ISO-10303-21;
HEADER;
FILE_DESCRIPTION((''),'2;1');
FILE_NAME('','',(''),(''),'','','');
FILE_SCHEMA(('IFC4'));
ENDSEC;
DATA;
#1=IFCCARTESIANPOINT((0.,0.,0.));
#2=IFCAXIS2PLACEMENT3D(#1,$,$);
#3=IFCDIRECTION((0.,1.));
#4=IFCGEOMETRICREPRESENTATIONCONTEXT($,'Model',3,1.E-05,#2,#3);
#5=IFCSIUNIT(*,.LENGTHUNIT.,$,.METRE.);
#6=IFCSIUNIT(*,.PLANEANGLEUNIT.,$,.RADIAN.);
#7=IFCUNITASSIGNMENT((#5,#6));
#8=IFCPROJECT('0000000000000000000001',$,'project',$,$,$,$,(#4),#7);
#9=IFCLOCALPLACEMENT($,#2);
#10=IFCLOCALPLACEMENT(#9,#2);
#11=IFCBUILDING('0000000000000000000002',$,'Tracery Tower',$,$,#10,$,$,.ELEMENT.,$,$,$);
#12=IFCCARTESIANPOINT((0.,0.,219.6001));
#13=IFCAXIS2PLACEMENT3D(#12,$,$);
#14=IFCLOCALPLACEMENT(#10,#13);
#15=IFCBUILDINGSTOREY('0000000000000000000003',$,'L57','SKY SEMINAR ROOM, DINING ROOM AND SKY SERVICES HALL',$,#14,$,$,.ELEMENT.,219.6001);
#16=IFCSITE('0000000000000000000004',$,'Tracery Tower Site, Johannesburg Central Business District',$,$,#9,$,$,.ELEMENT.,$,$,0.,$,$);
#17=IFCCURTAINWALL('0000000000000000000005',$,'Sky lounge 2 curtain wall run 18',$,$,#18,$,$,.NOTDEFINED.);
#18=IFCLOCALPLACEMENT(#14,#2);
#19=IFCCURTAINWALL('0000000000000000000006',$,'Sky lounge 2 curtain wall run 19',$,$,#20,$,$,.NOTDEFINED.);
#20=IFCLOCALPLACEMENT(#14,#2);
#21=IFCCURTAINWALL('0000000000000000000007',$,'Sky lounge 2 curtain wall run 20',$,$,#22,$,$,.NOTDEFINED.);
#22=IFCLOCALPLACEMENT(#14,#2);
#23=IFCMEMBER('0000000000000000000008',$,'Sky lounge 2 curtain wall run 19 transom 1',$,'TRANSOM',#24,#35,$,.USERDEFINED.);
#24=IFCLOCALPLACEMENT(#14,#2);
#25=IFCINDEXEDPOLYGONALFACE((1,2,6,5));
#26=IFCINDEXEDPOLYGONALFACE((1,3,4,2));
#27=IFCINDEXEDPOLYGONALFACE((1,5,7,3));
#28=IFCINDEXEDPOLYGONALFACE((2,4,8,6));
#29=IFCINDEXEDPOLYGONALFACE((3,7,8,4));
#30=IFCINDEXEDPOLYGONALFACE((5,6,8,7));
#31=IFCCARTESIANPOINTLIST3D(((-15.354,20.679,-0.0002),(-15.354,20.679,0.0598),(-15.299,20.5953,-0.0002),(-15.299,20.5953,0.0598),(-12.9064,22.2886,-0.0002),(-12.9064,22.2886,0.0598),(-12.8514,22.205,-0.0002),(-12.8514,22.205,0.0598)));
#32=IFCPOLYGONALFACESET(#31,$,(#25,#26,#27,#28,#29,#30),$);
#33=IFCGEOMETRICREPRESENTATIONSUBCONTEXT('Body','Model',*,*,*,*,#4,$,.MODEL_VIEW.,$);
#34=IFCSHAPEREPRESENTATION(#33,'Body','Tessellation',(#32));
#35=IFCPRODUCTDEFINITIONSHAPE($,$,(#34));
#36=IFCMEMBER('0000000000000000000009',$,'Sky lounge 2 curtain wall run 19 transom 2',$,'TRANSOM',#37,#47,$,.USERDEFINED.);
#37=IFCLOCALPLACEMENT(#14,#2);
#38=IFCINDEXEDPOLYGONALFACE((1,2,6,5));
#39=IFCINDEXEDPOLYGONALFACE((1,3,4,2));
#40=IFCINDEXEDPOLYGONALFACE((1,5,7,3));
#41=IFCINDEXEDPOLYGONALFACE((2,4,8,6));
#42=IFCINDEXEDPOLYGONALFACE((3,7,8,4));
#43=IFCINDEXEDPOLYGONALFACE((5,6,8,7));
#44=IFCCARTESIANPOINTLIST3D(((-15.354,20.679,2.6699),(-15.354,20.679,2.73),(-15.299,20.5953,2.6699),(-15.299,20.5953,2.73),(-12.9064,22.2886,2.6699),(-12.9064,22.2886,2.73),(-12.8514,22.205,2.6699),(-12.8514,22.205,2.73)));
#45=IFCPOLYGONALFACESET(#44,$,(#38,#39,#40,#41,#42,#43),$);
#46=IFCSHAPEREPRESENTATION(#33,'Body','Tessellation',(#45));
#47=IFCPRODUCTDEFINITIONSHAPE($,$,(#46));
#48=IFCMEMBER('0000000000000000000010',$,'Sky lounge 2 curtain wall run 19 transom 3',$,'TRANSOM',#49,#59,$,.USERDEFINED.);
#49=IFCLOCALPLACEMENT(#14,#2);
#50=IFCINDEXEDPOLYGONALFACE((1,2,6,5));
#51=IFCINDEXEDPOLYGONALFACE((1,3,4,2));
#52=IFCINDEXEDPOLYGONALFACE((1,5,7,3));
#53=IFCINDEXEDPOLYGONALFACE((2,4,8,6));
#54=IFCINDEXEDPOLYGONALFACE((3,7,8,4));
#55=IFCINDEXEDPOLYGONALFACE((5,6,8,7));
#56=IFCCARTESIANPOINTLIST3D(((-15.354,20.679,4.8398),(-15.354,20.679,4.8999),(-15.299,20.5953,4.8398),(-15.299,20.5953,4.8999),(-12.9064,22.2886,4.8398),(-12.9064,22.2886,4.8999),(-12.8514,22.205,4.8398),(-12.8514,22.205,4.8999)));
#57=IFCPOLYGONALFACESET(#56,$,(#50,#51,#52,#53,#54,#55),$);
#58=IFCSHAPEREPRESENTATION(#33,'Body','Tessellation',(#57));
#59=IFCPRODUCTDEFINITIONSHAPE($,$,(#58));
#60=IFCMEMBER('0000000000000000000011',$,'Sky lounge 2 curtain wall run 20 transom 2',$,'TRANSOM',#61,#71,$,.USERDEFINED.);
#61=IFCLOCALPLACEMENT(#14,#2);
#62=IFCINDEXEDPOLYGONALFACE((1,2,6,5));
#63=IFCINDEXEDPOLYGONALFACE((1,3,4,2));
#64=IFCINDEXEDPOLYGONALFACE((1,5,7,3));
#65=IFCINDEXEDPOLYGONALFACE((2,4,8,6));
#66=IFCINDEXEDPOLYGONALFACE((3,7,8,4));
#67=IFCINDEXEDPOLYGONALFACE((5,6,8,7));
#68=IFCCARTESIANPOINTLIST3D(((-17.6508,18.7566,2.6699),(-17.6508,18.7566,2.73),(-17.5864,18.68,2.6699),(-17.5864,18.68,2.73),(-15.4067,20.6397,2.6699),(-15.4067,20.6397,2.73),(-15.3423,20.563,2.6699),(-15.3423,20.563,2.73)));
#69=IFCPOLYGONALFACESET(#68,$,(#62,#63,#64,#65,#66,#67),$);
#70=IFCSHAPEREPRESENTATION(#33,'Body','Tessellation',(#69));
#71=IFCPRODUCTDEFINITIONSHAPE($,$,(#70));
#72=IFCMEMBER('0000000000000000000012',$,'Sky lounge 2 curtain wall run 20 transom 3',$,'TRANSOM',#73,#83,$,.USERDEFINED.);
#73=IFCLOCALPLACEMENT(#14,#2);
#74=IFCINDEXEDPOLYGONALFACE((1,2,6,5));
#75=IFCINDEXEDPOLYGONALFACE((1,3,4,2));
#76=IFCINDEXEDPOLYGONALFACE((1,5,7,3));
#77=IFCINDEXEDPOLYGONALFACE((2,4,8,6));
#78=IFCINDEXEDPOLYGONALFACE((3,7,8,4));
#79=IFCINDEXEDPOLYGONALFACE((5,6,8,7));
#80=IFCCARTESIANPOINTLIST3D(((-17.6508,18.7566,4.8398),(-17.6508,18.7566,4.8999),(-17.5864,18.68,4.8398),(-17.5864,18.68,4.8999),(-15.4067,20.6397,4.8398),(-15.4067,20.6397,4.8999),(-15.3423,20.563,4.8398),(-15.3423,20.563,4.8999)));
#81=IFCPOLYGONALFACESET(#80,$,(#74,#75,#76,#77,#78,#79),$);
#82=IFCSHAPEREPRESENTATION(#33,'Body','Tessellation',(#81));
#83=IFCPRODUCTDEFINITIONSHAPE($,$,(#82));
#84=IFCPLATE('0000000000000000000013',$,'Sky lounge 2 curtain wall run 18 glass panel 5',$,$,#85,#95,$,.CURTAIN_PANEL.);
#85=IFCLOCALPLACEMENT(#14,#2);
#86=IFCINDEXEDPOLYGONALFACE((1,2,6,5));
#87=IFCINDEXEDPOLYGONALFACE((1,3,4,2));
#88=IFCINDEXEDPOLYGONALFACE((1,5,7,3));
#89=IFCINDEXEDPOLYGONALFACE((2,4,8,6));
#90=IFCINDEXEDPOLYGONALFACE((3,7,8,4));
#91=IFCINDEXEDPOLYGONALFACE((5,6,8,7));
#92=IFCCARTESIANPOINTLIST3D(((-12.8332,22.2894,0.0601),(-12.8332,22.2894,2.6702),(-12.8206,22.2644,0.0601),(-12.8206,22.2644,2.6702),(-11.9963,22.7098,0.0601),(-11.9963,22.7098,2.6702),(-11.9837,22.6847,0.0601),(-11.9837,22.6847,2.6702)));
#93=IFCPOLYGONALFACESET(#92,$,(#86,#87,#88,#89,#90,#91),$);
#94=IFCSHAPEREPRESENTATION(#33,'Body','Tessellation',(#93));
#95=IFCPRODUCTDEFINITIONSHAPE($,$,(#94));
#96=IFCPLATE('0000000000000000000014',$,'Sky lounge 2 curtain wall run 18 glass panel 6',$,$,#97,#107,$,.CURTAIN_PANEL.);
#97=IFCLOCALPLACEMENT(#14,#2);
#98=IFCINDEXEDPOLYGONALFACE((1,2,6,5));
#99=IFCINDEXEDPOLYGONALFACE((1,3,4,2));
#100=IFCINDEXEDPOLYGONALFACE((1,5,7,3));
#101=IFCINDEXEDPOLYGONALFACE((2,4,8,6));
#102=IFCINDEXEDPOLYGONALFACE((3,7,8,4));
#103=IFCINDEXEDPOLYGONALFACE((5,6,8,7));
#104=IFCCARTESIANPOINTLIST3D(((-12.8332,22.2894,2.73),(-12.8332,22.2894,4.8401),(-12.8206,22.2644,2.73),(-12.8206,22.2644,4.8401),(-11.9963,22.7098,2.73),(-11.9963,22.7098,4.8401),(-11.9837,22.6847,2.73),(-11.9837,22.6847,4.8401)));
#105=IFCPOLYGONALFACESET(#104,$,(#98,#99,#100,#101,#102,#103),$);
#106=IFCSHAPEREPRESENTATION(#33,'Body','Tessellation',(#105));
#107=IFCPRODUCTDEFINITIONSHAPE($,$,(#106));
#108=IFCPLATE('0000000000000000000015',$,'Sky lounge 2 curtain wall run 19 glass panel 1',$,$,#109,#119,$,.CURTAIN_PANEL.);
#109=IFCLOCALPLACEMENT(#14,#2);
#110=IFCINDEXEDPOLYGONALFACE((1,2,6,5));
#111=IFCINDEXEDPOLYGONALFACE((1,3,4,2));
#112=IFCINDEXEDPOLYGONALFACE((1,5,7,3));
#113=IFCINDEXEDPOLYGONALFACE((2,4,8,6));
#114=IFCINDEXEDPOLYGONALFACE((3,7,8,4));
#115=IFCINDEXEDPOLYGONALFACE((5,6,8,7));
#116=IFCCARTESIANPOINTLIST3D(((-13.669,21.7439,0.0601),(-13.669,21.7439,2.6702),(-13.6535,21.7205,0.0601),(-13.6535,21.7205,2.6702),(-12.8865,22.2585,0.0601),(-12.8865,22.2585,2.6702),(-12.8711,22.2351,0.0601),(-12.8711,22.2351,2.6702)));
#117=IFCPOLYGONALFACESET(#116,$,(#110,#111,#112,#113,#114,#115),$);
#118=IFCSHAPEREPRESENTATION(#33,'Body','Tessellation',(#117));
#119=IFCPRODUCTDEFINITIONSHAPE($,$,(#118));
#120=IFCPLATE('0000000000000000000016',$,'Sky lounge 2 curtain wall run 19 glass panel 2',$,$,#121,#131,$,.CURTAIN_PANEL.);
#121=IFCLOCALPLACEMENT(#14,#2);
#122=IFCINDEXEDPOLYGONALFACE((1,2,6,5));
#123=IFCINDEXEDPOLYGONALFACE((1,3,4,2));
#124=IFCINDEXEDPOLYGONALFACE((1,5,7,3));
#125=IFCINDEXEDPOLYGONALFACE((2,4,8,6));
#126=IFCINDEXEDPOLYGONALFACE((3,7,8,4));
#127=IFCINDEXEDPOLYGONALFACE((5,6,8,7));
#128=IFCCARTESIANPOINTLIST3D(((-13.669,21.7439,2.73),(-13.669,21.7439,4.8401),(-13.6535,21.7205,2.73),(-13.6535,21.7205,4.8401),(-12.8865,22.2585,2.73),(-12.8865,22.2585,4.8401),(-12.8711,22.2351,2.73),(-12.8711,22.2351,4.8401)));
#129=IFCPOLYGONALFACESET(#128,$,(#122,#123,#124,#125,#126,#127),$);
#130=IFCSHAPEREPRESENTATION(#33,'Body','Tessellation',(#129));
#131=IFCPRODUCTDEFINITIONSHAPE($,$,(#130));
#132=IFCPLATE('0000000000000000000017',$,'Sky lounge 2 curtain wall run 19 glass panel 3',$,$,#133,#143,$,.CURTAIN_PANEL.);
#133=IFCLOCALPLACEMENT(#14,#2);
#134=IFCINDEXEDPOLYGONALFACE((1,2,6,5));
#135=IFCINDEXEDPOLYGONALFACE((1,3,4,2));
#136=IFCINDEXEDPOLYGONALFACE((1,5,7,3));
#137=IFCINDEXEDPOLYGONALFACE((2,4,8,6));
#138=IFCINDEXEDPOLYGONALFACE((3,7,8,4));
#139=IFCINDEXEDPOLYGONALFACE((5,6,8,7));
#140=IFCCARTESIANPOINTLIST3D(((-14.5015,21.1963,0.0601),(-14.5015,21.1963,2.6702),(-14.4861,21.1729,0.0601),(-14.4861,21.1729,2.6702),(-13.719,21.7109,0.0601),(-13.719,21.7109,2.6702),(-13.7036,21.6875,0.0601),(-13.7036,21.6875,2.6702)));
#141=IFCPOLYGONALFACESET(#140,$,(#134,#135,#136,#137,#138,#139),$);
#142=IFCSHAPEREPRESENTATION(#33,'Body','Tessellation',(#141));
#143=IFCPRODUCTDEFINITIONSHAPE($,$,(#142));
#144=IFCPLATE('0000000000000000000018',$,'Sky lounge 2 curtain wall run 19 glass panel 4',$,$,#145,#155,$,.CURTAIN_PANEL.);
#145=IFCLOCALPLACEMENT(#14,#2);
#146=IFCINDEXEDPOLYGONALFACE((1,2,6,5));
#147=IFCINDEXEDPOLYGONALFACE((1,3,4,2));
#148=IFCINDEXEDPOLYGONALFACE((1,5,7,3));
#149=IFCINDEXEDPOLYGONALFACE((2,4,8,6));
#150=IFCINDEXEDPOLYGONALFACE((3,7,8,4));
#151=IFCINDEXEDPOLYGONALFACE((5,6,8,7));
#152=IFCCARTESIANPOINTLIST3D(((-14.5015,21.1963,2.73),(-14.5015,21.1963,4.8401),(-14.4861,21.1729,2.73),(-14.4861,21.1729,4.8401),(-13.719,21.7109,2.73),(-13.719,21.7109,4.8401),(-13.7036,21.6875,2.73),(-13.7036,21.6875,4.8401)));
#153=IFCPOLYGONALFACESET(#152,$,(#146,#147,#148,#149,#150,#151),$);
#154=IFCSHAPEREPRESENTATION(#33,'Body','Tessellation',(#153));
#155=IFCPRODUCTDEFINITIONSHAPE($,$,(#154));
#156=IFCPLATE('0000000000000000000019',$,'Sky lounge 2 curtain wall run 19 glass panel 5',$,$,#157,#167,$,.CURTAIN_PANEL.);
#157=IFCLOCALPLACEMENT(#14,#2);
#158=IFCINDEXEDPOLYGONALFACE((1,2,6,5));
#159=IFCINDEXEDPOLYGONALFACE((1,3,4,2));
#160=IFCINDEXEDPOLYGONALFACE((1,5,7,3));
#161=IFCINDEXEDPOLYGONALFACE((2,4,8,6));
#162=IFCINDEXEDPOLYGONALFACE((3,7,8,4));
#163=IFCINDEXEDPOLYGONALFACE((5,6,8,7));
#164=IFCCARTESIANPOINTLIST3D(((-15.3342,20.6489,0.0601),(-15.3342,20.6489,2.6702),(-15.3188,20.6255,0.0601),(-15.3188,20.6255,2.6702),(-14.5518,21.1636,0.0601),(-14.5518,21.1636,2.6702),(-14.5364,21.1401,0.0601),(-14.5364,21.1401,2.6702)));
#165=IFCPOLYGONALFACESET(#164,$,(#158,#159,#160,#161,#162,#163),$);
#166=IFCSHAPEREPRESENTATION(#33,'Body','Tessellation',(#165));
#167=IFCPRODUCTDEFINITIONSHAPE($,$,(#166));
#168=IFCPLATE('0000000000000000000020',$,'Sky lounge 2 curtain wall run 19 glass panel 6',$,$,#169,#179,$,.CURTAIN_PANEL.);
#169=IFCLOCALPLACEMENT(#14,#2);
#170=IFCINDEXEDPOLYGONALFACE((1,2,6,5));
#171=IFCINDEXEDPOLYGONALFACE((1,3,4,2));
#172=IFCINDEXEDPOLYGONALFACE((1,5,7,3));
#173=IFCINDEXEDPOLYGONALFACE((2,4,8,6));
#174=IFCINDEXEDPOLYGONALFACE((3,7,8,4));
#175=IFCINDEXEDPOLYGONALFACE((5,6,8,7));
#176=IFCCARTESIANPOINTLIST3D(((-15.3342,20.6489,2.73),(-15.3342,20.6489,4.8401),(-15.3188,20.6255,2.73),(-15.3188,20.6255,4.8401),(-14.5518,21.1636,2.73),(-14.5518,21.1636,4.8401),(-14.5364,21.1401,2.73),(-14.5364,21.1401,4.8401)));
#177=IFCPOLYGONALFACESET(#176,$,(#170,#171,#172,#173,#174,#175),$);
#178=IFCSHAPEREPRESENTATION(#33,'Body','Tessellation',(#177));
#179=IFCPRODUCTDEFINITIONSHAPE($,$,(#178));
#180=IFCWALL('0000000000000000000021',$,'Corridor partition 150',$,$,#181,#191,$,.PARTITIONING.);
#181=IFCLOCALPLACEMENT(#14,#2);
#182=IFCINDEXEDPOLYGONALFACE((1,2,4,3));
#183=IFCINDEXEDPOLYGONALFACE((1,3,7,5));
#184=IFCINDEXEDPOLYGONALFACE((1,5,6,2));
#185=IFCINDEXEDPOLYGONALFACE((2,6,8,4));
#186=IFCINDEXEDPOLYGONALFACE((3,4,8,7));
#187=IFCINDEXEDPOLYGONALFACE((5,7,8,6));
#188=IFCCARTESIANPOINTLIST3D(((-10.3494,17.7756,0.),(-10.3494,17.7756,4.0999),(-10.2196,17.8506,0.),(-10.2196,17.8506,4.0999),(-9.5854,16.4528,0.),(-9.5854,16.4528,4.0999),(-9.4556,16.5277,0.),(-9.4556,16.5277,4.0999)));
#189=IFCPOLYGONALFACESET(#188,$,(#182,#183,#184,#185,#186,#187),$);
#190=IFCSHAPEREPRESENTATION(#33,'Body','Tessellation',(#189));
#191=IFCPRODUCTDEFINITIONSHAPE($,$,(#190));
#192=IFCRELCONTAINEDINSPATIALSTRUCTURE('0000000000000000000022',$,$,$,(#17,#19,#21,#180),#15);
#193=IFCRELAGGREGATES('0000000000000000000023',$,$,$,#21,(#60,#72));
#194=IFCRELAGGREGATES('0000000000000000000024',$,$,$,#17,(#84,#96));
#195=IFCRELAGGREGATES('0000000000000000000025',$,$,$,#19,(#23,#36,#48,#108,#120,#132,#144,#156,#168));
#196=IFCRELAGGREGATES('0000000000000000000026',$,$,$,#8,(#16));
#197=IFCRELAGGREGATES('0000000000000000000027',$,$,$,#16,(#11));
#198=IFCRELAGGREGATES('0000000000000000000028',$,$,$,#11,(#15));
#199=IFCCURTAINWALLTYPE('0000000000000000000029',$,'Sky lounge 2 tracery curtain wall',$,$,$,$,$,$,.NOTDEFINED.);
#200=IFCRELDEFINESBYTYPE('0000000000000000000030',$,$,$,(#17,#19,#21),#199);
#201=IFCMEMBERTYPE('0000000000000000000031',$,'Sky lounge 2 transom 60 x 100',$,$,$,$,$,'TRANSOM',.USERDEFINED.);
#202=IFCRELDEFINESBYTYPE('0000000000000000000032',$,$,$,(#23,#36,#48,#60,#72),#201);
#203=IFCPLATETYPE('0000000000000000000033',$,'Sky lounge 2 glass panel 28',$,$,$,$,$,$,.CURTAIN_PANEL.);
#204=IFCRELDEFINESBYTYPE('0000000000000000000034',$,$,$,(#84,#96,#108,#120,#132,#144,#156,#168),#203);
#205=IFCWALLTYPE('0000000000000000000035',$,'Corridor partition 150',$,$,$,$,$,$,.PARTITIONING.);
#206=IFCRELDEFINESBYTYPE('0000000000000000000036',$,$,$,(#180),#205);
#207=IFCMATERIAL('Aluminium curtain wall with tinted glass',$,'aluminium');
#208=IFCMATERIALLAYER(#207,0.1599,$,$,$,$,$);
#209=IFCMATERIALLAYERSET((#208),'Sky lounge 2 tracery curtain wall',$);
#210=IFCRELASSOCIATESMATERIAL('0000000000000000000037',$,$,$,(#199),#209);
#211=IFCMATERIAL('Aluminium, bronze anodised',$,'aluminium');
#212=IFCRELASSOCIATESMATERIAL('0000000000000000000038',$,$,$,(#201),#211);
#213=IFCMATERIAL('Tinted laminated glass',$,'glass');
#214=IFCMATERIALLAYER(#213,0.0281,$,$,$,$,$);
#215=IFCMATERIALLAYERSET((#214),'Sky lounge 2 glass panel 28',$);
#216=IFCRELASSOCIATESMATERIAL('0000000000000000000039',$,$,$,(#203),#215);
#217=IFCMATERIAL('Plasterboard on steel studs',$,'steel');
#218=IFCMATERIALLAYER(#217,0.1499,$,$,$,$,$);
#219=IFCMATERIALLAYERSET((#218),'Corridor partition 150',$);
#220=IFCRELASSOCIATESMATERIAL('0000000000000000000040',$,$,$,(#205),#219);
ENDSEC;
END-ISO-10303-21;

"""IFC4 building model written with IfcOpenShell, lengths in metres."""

from ifc_helpers import new_model, si_unit, direction, frame, frame_2d, origin, origin_2d, place, context, subcontext, project, spatial, rectangle, extrude, material, layer, layer_set, material_profile, profile_set, type_object, element, aggregate, save


model = new_model("IFC4")

# Units and contexts
model_context = context("Model", 3, precision=1e-05, world=origin(), true_north=direction((0.0, 1.0)))
body_context = subcontext(model_context, "Body", "Model", "MODEL_VIEW")
ifc_project = project(units=[si_unit("LENGTHUNIT", "METRE"), si_unit("PLANEANGLEUNIT", "RADIAN")], contexts=[model_context])

# Site, building, storey
site_placement = place(None, origin())
site = spatial("IfcSite", under=ifc_project, at=site_placement, Name="Tracery Tower Site, Johannesburg Central Business District", CompositionType="ELEMENT", RefElevation=0.0)
building_placement = place(site_placement, origin())
building = spatial("IfcBuilding", under=site, at=building_placement, Name="Tracery Tower", CompositionType="ELEMENT")
storey_placement = place(building_placement, frame((0.0, 0.0, 219.6001)))
storey = spatial("IfcBuildingStorey", under=building, at=storey_placement, Name="L57", Description="SKY SEMINAR ROOM, DINING ROOM AND SKY SERVICES HALL", CompositionType="ELEMENT", Elevation=219.6001)

# Curtain wall
ifc_material_1 = material(Name="Aluminium curtain wall with tinted glass", Category="aluminium")
ifc_layer_1 = layer(ifc_material_1, 0.1599)
ifc_layer_set_1 = layer_set([ifc_layer_1], Name="Sky lounge 2 tracery curtain wall")
curtain_wall_type = type_object("IfcCurtainWallType", Name="Sky lounge 2 tracery curtain wall", PredefinedType="NOTDEFINED", material=ifc_layer_set_1)
curtain_wall_1_placement = place(storey_placement, origin())
curtain_wall_1 = element("IfcCurtainWall", 1, at=curtain_wall_1_placement, inside=storey, type_object=curtain_wall_type, Name="Sky lounge 2 curtain wall run 18", PredefinedType="NOTDEFINED")

# Curtain wall
curtain_wall_2_placement = place(storey_placement, origin())
curtain_wall_2 = element("IfcCurtainWall", 2, at=curtain_wall_2_placement, inside=storey, type_object=curtain_wall_type, Name="Sky lounge 2 curtain wall run 19", PredefinedType="NOTDEFINED")

# Curtain wall
curtain_wall_3_placement = place(storey_placement, origin())
curtain_wall_3 = element("IfcCurtainWall", 3, at=curtain_wall_3_placement, inside=storey, type_object=curtain_wall_type, Name="Sky lounge 2 curtain wall run 20", PredefinedType="NOTDEFINED")

# Members
ifc_material_2 = material(Name="Aluminium, bronze anodised", Category="aluminium")
ifc_material_profile_1 = material_profile(ifc_material_2, rectangle(XDim=0.1001, YDim=0.0601, at=origin_2d()), Name="AL 60x100")
ifc_profile_set_1 = profile_set([ifc_material_profile_1], Name="Aluminium, bronze anodised")
member_type_1 = type_object("IfcMemberType", Name="Sky lounge 2 transom 60 x 100", ElementType="TRANSOM", PredefinedType="USERDEFINED", material=ifc_profile_set_1)
member_1_placement = place(storey_placement, frame((-12.8789, 22.2468, 0.0298), z_axis=(-0.835509, -0.549477, 0.0), x_axis=(0.549477, -0.835509, 0.0)))
member_1 = element("IfcMember", 4, at=member_1_placement, type_object=member_type_1, Name="Sky lounge 2 curtain wall run 19 transom 1", ObjectType="TRANSOM", PredefinedType="USERDEFINED", context=body_context, shape_type="SweptSolid", body=[
    extrude(rectangle(XDim=0.1001, YDim=0.0601, at=origin_2d()), origin(), (0.0, 0.0, 1.0), 2.9294),
])
member_2_placement = place(storey_placement, frame((-12.8789, 22.2468, 2.7), z_axis=(-0.835509, -0.549477, 0.0), x_axis=(0.549477, -0.835509, 0.0)))
member_2 = element("IfcMember", 5, at=member_2_placement, type_object=member_type_1, Name="Sky lounge 2 curtain wall run 19 transom 2", ObjectType="TRANSOM", PredefinedType="USERDEFINED", context=body_context, shape_type="SweptSolid", body=[
    extrude(rectangle(XDim=0.1001, YDim=0.0601, at=origin_2d()), origin(), (0.0, 0.0, 1.0), 2.9294),
])
member_3_placement = place(storey_placement, frame((-12.8789, 22.2468, 4.8699), z_axis=(-0.835509, -0.549477, 0.0), x_axis=(0.549477, -0.835509, 0.0)))
member_3 = element("IfcMember", 6, at=member_3_placement, type_object=member_type_1, Name="Sky lounge 2 curtain wall run 19 transom 3", ObjectType="TRANSOM", PredefinedType="USERDEFINED", context=body_context, shape_type="SweptSolid", body=[
    extrude(rectangle(XDim=0.1001, YDim=0.0601, at=origin_2d()), origin(), (0.0, 0.0, 1.0), 2.9294),
])
member_4_placement = place(storey_placement, frame((-15.3745, 20.6013, 2.7), z_axis=(-0.766045, -0.642787, 0.0), x_axis=(0.642787, -0.766045, 0.0)))
member_4 = element("IfcMember", 7, at=member_4_placement, type_object=member_type_1, Name="Sky lounge 2 curtain wall run 20 transom 2", ObjectType="TRANSOM", PredefinedType="USERDEFINED", context=body_context, shape_type="SweptSolid", body=[
    extrude(rectangle(XDim=0.1001, YDim=0.0601, at=origin_2d()), origin(), (0.0, 0.0, 1.0), 2.9294),
])
member_5_placement = place(storey_placement, frame((-15.3745, 20.6013, 4.8699), z_axis=(-0.766045, -0.642787, 0.0), x_axis=(0.642787, -0.766045, 0.0)))
member_5 = element("IfcMember", 8, at=member_5_placement, type_object=member_type_1, Name="Sky lounge 2 curtain wall run 20 transom 3", ObjectType="TRANSOM", PredefinedType="USERDEFINED", context=body_context, shape_type="SweptSolid", body=[
    extrude(rectangle(XDim=0.1001, YDim=0.0601, at=origin_2d()), origin(), (0.0, 0.0, 1.0), 2.9294),
])
aggregate(curtain_wall_3, [member_4, member_5])

# Plates
ifc_material_3 = material(Name="Tinted laminated glass", Category="glass")
ifc_layer_2 = layer(ifc_material_3, 0.0281)
ifc_layer_set_2 = layer_set([ifc_layer_2], Name="Sky lounge 2 glass panel 28")
plate_type = type_object("IfcPlateType", Name="Sky lounge 2 glass panel 28", PredefinedType="CURTAIN_PANEL", material=ifc_layer_set_2)
plate_1_placement = place(storey_placement, frame((-12.4084, 22.4871, 0.0601), z_axis=(0.0, 0.0, 1.0), x_axis=(-0.893633, -0.448799, 0.0)))
plate_1 = element("IfcPlate", 9, at=plate_1_placement, type_object=plate_type, Name="Sky lounge 2 curtain wall run 18 glass panel 5", PredefinedType="CURTAIN_PANEL", context=body_context, shape_type="SweptSolid", body=[
    extrude(rectangle(XDim=0.9365, YDim=0.0281, at=origin_2d()), origin(), (0.0, 0.0, 1.0), 2.6101),
])
plate_2_placement = place(storey_placement, frame((-12.4084, 22.4871, 2.73), z_axis=(0.0, 0.0, 1.0), x_axis=(-0.893633, -0.448799, 0.0)))
plate_2 = element("IfcPlate", 10, at=plate_2_placement, type_object=plate_type, Name="Sky lounge 2 curtain wall run 18 glass panel 6", PredefinedType="CURTAIN_PANEL", context=body_context, shape_type="SweptSolid", body=[
    extrude(rectangle(XDim=0.9365, YDim=0.0281, at=origin_2d()), origin(), (0.0, 0.0, 1.0), 2.1101),
])
aggregate(curtain_wall_1, [plate_1, plate_2])
plate_3_placement = place(storey_placement, frame((-13.27, 21.9895, 0.0601), z_axis=(0.0, 0.0, 1.0), x_axis=(-0.835488, -0.549509, 0.0)))
plate_3 = element("IfcPlate", 11, at=plate_3_placement, type_object=plate_type, Name="Sky lounge 2 curtain wall run 19 glass panel 1", PredefinedType="CURTAIN_PANEL", context=body_context, shape_type="SweptSolid", body=[
    extrude(rectangle(XDim=0.9365, YDim=0.0281, at=origin_2d()), origin(), (0.0, 0.0, 1.0), 2.6101),
])
plate_4_placement = place(storey_placement, frame((-13.27, 21.9895, 2.73), z_axis=(0.0, 0.0, 1.0), x_axis=(-0.835488, -0.549509, 0.0)))
plate_4 = element("IfcPlate", 12, at=plate_4_placement, type_object=plate_type, Name="Sky lounge 2 curtain wall run 19 glass panel 2", PredefinedType="CURTAIN_PANEL", context=body_context, shape_type="SweptSolid", body=[
    extrude(rectangle(XDim=0.9365, YDim=0.0281, at=origin_2d()), origin(), (0.0, 0.0, 1.0), 2.1101),
])
plate_5_placement = place(storey_placement, frame((-14.1025, 21.4419, 0.0601), z_axis=(0.0, 0.0, 1.0), x_axis=(-0.835488, -0.549509, 0.0)))
plate_5 = element("IfcPlate", 13, at=plate_5_placement, type_object=plate_type, Name="Sky lounge 2 curtain wall run 19 glass panel 3", PredefinedType="CURTAIN_PANEL", context=body_context, shape_type="SweptSolid", body=[
    extrude(rectangle(XDim=0.9365, YDim=0.0281, at=origin_2d()), origin(), (0.0, 0.0, 1.0), 2.6101),
])
plate_6_placement = place(storey_placement, frame((-14.1025, 21.4419, 2.73), z_axis=(0.0, 0.0, 1.0), x_axis=(-0.835488, -0.549509, 0.0)))
plate_6 = element("IfcPlate", 14, at=plate_6_placement, type_object=plate_type, Name="Sky lounge 2 curtain wall run 19 glass panel 4", PredefinedType="CURTAIN_PANEL", context=body_context, shape_type="SweptSolid", body=[
    extrude(rectangle(XDim=0.9365, YDim=0.0281, at=origin_2d()), origin(), (0.0, 0.0, 1.0), 2.1101),
])
plate_7_placement = place(storey_placement, frame((-14.9353, 20.8945, 0.0601), z_axis=(0.0, 0.0, 1.0), x_axis=(-0.835488, -0.549509, 0.0)))
plate_7 = element("IfcPlate", 15, at=plate_7_placement, type_object=plate_type, Name="Sky lounge 2 curtain wall run 19 glass panel 5", PredefinedType="CURTAIN_PANEL", context=body_context, shape_type="SweptSolid", body=[
    extrude(rectangle(XDim=0.9365, YDim=0.0281, at=origin_2d()), origin(), (0.0, 0.0, 1.0), 2.6101),
])
plate_8_placement = place(storey_placement, frame((-14.9353, 20.8945, 2.73), z_axis=(0.0, 0.0, 1.0), x_axis=(-0.835488, -0.549509, 0.0)))
plate_8 = element("IfcPlate", 16, at=plate_8_placement, type_object=plate_type, Name="Sky lounge 2 curtain wall run 19 glass panel 6", PredefinedType="CURTAIN_PANEL", context=body_context, shape_type="SweptSolid", body=[
    extrude(rectangle(XDim=0.9365, YDim=0.0281, at=origin_2d()), origin(), (0.0, 0.0, 1.0), 2.1101),
])
aggregate(curtain_wall_2, [member_1, member_2, member_3, plate_3, plate_4, plate_5, plate_6, plate_7, plate_8])

# Wall
ifc_material_4 = material(Name="Plasterboard on steel studs", Category="steel")
ifc_layer_3 = layer(ifc_material_4, 0.1499)
ifc_layer_set_3 = layer_set([ifc_layer_3], Name="Corridor partition 150")
wall_type_1 = type_object("IfcWallType", Name="Corridor partition 150", PredefinedType="PARTITIONING", material=ifc_layer_set_3)
wall_1_placement = place(storey_placement, frame((-10.2844, 17.813, 0.0), z_axis=(0.0, 0.0, 1.0), x_axis=(0.50011, -0.865962, 0.0)))
element("IfcWall", 17, at=wall_1_placement, inside=storey, type_object=wall_type_1, Name="Corridor partition 150", PredefinedType="PARTITIONING", context=body_context, shape_type="SweptSolid", body=[
    extrude(rectangle(XDim=1.5276, YDim=0.1499, at=frame_2d((0.7637, 0.0))), origin(), (0.0, 0.0, 1.0), 4.0999),
])

save(model, "model.ifc")
